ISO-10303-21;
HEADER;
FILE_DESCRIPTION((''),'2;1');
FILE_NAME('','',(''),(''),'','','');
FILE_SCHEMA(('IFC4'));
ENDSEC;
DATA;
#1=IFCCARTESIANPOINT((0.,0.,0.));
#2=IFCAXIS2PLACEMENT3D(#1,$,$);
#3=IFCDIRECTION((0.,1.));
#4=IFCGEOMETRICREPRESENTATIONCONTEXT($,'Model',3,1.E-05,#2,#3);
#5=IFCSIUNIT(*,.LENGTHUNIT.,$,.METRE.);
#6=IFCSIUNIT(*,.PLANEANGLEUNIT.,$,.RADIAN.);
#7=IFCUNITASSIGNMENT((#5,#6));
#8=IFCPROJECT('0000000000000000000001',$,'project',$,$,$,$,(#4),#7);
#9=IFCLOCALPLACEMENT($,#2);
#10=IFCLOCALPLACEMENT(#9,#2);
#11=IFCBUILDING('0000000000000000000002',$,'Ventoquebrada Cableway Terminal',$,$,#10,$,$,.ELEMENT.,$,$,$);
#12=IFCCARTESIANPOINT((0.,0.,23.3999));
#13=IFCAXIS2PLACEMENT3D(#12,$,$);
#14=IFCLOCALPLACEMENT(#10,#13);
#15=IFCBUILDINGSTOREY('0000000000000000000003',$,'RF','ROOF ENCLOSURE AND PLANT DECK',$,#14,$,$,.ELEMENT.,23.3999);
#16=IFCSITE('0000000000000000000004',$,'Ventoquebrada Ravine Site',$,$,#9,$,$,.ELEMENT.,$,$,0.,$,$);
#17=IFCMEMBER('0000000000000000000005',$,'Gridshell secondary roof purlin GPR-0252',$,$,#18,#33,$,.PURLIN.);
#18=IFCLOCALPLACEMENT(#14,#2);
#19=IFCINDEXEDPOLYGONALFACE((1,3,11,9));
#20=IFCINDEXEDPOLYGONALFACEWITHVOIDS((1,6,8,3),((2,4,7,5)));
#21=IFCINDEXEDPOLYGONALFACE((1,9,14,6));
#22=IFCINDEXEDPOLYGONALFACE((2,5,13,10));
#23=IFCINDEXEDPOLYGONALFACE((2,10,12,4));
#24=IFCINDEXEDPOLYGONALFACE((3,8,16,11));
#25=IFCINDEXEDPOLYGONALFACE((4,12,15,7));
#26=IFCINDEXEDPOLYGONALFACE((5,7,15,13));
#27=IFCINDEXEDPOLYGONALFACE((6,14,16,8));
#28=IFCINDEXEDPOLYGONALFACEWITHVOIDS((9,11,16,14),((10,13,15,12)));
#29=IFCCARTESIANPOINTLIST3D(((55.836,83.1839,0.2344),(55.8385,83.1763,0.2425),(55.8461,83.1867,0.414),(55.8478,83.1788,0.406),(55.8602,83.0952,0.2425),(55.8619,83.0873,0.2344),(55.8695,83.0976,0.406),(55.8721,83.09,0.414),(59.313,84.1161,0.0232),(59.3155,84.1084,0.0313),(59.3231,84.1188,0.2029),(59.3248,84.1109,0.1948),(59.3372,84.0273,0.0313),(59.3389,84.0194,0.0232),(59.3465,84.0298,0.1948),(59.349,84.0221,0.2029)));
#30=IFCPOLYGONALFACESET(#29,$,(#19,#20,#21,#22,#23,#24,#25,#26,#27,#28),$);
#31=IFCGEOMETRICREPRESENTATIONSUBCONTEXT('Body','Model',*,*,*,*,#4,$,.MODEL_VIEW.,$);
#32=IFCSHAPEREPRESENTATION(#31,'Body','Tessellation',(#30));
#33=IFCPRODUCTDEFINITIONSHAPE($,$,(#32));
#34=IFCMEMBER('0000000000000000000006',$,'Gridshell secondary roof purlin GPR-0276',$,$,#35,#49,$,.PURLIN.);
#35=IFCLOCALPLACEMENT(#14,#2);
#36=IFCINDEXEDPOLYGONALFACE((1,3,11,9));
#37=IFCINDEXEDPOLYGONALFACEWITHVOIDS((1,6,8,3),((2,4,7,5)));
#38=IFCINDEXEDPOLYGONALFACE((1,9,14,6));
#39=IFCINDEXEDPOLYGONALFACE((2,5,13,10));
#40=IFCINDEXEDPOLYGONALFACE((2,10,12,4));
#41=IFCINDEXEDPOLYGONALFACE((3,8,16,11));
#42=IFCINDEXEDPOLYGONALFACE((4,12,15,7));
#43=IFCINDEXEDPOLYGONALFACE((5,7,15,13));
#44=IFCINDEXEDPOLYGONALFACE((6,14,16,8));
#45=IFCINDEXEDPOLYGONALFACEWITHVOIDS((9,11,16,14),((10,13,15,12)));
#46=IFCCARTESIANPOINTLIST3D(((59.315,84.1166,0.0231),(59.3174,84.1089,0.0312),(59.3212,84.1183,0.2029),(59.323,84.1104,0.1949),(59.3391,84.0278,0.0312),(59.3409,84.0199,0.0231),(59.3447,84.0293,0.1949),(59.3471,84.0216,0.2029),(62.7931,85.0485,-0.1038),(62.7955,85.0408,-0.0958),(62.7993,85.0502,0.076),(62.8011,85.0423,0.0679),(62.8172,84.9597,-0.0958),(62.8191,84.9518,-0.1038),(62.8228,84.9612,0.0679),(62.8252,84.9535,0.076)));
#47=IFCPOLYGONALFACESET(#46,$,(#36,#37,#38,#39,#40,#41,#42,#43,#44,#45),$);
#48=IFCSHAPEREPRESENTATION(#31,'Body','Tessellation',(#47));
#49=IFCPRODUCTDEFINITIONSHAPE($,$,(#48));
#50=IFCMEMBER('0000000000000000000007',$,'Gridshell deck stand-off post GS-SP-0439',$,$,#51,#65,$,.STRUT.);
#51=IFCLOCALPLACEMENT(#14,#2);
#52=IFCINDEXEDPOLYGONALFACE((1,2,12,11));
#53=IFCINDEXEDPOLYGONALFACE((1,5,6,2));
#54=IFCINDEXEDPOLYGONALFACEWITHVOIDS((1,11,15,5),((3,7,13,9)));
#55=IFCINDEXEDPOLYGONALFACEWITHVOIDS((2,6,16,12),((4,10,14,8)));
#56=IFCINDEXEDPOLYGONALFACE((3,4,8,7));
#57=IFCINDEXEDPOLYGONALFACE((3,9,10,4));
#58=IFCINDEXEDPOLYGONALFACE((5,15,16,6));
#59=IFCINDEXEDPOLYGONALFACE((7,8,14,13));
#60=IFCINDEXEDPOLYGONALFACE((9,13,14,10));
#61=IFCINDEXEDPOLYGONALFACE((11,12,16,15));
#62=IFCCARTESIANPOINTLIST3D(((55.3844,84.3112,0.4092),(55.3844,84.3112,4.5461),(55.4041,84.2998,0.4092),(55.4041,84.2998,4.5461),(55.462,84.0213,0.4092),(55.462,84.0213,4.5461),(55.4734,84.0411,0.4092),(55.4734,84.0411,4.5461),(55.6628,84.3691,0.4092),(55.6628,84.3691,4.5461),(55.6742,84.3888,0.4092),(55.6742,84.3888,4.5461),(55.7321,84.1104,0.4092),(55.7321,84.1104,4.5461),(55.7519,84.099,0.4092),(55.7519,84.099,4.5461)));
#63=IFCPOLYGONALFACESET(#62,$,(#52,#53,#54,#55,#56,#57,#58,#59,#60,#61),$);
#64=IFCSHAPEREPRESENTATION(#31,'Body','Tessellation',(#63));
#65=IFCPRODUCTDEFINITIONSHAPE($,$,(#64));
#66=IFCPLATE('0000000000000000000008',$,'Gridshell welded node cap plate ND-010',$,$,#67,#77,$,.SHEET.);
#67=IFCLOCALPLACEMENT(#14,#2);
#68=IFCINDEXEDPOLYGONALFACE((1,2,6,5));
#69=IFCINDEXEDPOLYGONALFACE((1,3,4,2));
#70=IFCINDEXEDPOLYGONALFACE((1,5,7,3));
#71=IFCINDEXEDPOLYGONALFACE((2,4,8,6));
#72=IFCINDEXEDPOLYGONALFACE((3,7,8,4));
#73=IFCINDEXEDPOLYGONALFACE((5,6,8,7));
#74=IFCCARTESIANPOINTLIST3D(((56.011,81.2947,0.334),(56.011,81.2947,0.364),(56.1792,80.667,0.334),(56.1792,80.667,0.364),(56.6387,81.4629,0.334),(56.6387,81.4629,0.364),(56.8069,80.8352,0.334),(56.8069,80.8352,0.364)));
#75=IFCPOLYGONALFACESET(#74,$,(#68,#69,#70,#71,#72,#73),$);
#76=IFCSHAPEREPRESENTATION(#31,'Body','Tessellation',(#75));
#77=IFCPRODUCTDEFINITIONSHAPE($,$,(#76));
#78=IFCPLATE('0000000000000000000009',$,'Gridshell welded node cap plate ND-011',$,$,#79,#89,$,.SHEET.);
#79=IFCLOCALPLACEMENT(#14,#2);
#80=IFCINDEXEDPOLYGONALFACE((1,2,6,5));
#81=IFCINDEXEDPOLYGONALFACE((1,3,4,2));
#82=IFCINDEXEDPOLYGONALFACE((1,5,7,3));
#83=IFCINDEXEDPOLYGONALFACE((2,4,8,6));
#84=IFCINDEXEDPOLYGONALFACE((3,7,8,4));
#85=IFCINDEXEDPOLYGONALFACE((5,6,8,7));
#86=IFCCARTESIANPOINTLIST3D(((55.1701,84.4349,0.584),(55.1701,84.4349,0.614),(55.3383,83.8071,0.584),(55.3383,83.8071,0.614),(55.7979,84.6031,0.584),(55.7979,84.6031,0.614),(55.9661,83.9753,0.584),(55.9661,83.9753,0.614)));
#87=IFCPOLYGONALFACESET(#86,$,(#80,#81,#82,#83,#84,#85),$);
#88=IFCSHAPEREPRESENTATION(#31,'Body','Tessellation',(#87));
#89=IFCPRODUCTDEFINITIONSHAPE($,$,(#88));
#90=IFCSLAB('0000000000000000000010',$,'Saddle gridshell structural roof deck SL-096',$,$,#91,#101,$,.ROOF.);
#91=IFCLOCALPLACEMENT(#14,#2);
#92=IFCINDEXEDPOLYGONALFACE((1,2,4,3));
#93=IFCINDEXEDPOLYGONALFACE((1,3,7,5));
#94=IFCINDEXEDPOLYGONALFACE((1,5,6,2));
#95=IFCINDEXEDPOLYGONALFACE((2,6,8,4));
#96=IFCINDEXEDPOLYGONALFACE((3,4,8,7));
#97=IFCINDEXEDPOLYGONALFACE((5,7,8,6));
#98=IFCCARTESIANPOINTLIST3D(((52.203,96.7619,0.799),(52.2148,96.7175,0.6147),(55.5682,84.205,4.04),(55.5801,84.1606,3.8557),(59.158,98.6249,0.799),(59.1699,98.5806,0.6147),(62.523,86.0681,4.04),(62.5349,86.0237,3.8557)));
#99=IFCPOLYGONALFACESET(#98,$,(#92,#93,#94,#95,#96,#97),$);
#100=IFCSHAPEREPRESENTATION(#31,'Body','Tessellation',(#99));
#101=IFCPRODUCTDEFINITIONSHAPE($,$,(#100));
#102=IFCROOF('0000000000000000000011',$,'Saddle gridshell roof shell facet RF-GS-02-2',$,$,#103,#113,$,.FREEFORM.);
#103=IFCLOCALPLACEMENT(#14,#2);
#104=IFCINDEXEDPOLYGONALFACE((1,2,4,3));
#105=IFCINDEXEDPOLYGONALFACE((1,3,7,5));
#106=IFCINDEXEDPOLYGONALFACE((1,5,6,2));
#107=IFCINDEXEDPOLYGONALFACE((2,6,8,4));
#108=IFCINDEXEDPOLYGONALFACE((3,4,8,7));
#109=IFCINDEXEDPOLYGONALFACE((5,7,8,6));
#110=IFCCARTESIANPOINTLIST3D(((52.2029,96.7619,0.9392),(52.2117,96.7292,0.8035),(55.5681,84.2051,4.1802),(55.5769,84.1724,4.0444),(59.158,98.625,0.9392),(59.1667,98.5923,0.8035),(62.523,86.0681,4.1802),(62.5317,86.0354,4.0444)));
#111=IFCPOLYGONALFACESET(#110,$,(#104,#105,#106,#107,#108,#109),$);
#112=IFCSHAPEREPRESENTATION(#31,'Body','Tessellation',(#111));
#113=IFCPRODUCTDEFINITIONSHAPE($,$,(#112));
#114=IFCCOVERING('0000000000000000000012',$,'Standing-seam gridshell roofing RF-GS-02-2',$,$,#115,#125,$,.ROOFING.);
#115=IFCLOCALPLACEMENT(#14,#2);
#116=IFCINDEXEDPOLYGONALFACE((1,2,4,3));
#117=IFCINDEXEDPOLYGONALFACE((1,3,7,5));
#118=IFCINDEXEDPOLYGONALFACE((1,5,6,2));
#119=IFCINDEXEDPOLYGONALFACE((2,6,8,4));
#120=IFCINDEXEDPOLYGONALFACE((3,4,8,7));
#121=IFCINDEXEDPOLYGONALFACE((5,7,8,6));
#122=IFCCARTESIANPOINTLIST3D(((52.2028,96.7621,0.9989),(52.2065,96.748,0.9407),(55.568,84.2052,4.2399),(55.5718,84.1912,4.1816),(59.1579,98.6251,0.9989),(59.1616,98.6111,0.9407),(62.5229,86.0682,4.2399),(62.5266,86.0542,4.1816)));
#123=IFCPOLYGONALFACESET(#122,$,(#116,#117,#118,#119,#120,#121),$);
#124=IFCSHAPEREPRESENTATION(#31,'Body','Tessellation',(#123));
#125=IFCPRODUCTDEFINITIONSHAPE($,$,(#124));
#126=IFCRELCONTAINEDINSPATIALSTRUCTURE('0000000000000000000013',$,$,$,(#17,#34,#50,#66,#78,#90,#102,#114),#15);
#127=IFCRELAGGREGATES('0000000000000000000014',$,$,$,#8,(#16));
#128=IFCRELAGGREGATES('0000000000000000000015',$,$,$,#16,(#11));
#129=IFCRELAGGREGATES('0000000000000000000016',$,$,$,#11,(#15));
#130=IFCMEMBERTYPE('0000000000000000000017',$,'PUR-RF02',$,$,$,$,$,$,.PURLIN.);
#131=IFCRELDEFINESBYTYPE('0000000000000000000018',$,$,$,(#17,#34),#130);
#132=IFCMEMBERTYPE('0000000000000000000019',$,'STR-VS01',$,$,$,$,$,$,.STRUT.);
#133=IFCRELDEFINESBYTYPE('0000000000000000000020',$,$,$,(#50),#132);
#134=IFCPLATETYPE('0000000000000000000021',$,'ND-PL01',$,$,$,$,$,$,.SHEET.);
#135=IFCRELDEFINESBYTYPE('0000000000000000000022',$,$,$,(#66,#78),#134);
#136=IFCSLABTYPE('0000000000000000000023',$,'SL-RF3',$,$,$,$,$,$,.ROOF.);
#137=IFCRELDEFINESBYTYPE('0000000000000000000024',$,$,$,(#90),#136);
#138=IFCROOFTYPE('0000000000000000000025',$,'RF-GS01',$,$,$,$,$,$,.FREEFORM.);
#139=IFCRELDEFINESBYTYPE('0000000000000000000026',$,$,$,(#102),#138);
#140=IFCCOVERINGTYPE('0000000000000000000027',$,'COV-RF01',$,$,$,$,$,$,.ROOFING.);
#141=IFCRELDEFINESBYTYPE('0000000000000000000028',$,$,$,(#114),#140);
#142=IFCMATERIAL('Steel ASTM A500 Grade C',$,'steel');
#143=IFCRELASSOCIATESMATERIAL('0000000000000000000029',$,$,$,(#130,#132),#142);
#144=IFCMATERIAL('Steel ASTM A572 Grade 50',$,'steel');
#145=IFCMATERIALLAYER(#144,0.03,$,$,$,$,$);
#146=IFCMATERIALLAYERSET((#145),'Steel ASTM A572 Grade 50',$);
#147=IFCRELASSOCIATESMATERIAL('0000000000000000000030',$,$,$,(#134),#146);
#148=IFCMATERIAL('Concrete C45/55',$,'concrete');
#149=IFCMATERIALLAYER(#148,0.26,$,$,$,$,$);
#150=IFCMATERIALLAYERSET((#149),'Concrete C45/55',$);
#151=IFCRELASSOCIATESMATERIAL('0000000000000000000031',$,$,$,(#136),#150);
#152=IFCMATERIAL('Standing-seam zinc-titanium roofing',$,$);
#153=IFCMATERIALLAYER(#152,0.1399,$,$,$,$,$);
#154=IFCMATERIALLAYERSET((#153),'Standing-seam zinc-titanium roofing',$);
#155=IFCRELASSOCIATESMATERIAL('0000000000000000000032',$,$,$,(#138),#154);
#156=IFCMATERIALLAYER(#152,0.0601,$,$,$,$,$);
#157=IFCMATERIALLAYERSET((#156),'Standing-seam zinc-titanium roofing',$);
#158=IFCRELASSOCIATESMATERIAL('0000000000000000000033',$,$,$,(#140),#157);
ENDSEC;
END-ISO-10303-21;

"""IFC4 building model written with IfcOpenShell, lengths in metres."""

from ifc_helpers import new_model, si_unit, direction, frame, origin, origin_2d, place, context, subcontext, project, spatial, polyline, rectangle, hollow_rectangle, outline, extrude, material, layer, layer_set, material_profile, profile_set, type_object, element, save


model = new_model("IFC4")

# Units and contexts
model_context = context("Model", 3, precision=1e-05, world=origin(), true_north=direction((0.0, 1.0)))
body_context = subcontext(model_context, "Body", "Model", "MODEL_VIEW")
ifc_project = project(units=[si_unit("LENGTHUNIT", "METRE"), si_unit("PLANEANGLEUNIT", "RADIAN")], contexts=[model_context])

# Site, building, storey
site_placement = place(None, origin())
site = spatial("IfcSite", under=ifc_project, at=site_placement, Name="Ventoquebrada Ravine Site", CompositionType="ELEMENT", RefElevation=0.0)
building_placement = place(site_placement, origin())
building = spatial("IfcBuilding", under=site, at=building_placement, Name="Ventoquebrada Cableway Terminal", CompositionType="ELEMENT")
storey_placement = place(building_placement, frame((0.0, 0.0, 23.3999)))
storey = spatial("IfcBuildingStorey", under=building, at=storey_placement, Name="RF", Description="ROOF ENCLOSURE AND PLANT DECK", CompositionType="ELEMENT", Elevation=23.3999)

# Members
ifc_material_1 = material(Name="Steel ASTM A500 Grade C", Category="steel")
ifc_material_profile_1 = material_profile(ifc_material_1, hollow_rectangle(XDim=0.1001, YDim=0.1799, WallThickness=0.0081, at=origin_2d()), Name="RHS180X100X8")
ifc_profile_set_1 = profile_set([ifc_material_profile_1], Name="Steel ASTM A500 Grade C")
member_type_1 = type_object("IfcMemberType", Name="PUR-RF02", PredefinedType="PURLIN", material=ifc_profile_set_1)
member_1_placement = place(storey_placement, frame((55.854, 83.137, 0.3242), z_axis=(0.964236, 0.258493, -0.058564), x_axis=(-0.258937, 0.965894, 0.0)))
element("IfcMember", 1, at=member_1_placement, inside=storey, type_object=member_type_1, Name="Gridshell secondary roof purlin GPR-0252", PredefinedType="PURLIN", context=body_context, shape_type="SweptSolid", body=[
    extrude(hollow_rectangle(XDim=0.1001, YDim=0.1799, WallThickness=0.0081, at=origin_2d()), origin(), (0.0, 0.0, 1.0), 3.606),
])
member_2_placement = place(storey_placement, frame((59.3311, 84.0691, 0.113), z_axis=(0.965329, 0.258645, -0.035236), x_axis=(-0.258806, 0.965929, 0.0)))
element("IfcMember", 2, at=member_2_placement, inside=storey, type_object=member_type_1, Name="Gridshell secondary roof purlin GPR-0276", PredefinedType="PURLIN", context=body_context, shape_type="SweptSolid", body=[
    extrude(hollow_rectangle(XDim=0.1001, YDim=0.1799, WallThickness=0.0081, at=origin_2d()), origin(), (0.0, 0.0, 1.0), 3.603),
])
ifc_material_profile_2 = material_profile(ifc_material_1, hollow_rectangle(XDim=0.3, YDim=0.3, WallThickness=0.0161, at=origin_2d()), Name="HSS300X300X16")
ifc_profile_set_2 = profile_set([ifc_material_profile_2], Name="Steel ASTM A500 Grade C")
member_type_2 = type_object("IfcMemberType", Name="STR-VS01", PredefinedType="STRUT", material=ifc_profile_set_2)
member_3_placement = place(storey_placement, frame((55.5681, 84.2051, 0.4092), z_axis=(0.0, 0.0, 1.0), x_axis=(0.965926, 0.258819, 0.0)))
element("IfcMember", 3, at=member_3_placement, inside=storey, type_object=member_type_2, Name="Gridshell deck stand-off post GS-SP-0439", PredefinedType="STRUT", context=body_context, shape_type="SweptSolid", body=[
    extrude(hollow_rectangle(XDim=0.3, YDim=0.3, WallThickness=0.0161, at=origin_2d()), origin(), (0.0, 0.0, 1.0), 4.137),
])

# Plates
ifc_material_2 = material(Name="Steel ASTM A572 Grade 50", Category="steel")
ifc_layer_1 = layer(ifc_material_2, 0.03)
ifc_layer_set_1 = layer_set([ifc_layer_1], Name="Steel ASTM A572 Grade 50")
plate_type = type_object("IfcPlateType", Name="ND-PL01", PredefinedType="SHEET", material=ifc_layer_set_1)
for number, where, z_axis, x_axis, name in (
    (4, (56.4089, 81.0649, 0.334), (0.0, 0.0, 1.0), (0.965926, 0.258819, 0.0), "Gridshell welded node cap plate ND-010"),
    (5, (55.5681, 84.2051, 0.584), (0.0, 0.0, 1.0), (0.965926, 0.258819, 0.0), "Gridshell welded node cap plate ND-011"),
):
    element("IfcPlate", number, at=place(storey_placement, frame(where, z_axis=z_axis, x_axis=x_axis)), inside=storey, type_object=plate_type, Name=name, PredefinedType="SHEET", context=body_context, shape_type="SweptSolid", body=[
        extrude(rectangle(XDim=0.6499, YDim=0.6499, at=origin_2d()), origin(), (0.0, 0.0, 1.0), 0.03),
    ])

# Slab
ifc_material_3 = material(Name="Concrete C45/55", Category="concrete")
ifc_layer_2 = layer(ifc_material_3, 0.26)
ifc_layer_set_2 = layer_set([ifc_layer_2], Name="Concrete C45/55")
slab_type = type_object("IfcSlabType", Name="SL-RF3", PredefinedType="ROOF", material=ifc_layer_set_2)
slab_placement = place(storey_placement, frame((55.5801, 84.1606, 3.8557), z_axis=(-0.062592, 0.233663, 0.970301), x_axis=(0.965943, 0.258753, -0.000001)))
element("IfcSlab", 6, at=slab_placement, inside=storey, type_object=slab_type, Name="Saddle gridshell structural roof deck SL-096", PredefinedType="ROOF", context=body_context, shape_type="SweptSolid", body=[
    extrude(outline(polyline([(0.0, 0.0), (7.2, 0.0), (7.1988, 13.3978), (-0.0015, 13.3979), (0.0, 0.0)])), origin(), (0.0, 0.0, 1.0), 0.1899),
])

# Roof
ifc_material_4 = material(Name="Standing-seam zinc-titanium roofing")
ifc_layer_3 = layer(ifc_material_4, 0.1399)
ifc_layer_set_3 = layer_set([ifc_layer_3], Name="Standing-seam zinc-titanium roofing")
roof_type = type_object("IfcRoofType", Name="RF-GS01", PredefinedType="FREEFORM", material=ifc_layer_set_3)
roof_placement = place(storey_placement, frame((55.5769, 84.1724, 4.0444), z_axis=(-0.062592, 0.233663, 0.970301), x_axis=(0.965943, 0.258753, -0.000001)))
element("IfcRoof", 7, at=roof_placement, inside=storey, type_object=roof_type, Name="Saddle gridshell roof shell facet RF-GS-02-2", PredefinedType="FREEFORM", context=body_context, shape_type="SweptSolid", body=[
    extrude(outline(polyline([(0.0, 0.0), (7.2, 0.0), (7.1988, 13.3978), (-0.0015, 13.3979), (0.0, 0.0)])), origin(), (0.0, 0.0, 1.0), 0.1399),
])

# Covering
ifc_layer_4 = layer(ifc_material_4, 0.0601)
ifc_layer_set_4 = layer_set([ifc_layer_4], Name="Standing-seam zinc-titanium roofing")
covering_type = type_object("IfcCoveringType", Name="COV-RF01", PredefinedType="ROOFING", material=ifc_layer_set_4)
covering_placement = place(storey_placement, frame((55.5718, 84.1912, 4.1816), z_axis=(-0.062592, 0.233663, 0.970301), x_axis=(0.965943, 0.258753, -0.000001)))
element("IfcCovering", 8, at=covering_placement, inside=storey, type_object=covering_type, Name="Standing-seam gridshell roofing RF-GS-02-2", PredefinedType="ROOFING", context=body_context, shape_type="SweptSolid", body=[
    extrude(outline(polyline([(0.0, 0.0), (7.2, 0.0), (7.1988, 13.3978), (-0.0015, 13.3979), (0.0, 0.0)])), origin(), (0.0, 0.0, 1.0), 0.0601),
])

save(model, "model.ifc")
